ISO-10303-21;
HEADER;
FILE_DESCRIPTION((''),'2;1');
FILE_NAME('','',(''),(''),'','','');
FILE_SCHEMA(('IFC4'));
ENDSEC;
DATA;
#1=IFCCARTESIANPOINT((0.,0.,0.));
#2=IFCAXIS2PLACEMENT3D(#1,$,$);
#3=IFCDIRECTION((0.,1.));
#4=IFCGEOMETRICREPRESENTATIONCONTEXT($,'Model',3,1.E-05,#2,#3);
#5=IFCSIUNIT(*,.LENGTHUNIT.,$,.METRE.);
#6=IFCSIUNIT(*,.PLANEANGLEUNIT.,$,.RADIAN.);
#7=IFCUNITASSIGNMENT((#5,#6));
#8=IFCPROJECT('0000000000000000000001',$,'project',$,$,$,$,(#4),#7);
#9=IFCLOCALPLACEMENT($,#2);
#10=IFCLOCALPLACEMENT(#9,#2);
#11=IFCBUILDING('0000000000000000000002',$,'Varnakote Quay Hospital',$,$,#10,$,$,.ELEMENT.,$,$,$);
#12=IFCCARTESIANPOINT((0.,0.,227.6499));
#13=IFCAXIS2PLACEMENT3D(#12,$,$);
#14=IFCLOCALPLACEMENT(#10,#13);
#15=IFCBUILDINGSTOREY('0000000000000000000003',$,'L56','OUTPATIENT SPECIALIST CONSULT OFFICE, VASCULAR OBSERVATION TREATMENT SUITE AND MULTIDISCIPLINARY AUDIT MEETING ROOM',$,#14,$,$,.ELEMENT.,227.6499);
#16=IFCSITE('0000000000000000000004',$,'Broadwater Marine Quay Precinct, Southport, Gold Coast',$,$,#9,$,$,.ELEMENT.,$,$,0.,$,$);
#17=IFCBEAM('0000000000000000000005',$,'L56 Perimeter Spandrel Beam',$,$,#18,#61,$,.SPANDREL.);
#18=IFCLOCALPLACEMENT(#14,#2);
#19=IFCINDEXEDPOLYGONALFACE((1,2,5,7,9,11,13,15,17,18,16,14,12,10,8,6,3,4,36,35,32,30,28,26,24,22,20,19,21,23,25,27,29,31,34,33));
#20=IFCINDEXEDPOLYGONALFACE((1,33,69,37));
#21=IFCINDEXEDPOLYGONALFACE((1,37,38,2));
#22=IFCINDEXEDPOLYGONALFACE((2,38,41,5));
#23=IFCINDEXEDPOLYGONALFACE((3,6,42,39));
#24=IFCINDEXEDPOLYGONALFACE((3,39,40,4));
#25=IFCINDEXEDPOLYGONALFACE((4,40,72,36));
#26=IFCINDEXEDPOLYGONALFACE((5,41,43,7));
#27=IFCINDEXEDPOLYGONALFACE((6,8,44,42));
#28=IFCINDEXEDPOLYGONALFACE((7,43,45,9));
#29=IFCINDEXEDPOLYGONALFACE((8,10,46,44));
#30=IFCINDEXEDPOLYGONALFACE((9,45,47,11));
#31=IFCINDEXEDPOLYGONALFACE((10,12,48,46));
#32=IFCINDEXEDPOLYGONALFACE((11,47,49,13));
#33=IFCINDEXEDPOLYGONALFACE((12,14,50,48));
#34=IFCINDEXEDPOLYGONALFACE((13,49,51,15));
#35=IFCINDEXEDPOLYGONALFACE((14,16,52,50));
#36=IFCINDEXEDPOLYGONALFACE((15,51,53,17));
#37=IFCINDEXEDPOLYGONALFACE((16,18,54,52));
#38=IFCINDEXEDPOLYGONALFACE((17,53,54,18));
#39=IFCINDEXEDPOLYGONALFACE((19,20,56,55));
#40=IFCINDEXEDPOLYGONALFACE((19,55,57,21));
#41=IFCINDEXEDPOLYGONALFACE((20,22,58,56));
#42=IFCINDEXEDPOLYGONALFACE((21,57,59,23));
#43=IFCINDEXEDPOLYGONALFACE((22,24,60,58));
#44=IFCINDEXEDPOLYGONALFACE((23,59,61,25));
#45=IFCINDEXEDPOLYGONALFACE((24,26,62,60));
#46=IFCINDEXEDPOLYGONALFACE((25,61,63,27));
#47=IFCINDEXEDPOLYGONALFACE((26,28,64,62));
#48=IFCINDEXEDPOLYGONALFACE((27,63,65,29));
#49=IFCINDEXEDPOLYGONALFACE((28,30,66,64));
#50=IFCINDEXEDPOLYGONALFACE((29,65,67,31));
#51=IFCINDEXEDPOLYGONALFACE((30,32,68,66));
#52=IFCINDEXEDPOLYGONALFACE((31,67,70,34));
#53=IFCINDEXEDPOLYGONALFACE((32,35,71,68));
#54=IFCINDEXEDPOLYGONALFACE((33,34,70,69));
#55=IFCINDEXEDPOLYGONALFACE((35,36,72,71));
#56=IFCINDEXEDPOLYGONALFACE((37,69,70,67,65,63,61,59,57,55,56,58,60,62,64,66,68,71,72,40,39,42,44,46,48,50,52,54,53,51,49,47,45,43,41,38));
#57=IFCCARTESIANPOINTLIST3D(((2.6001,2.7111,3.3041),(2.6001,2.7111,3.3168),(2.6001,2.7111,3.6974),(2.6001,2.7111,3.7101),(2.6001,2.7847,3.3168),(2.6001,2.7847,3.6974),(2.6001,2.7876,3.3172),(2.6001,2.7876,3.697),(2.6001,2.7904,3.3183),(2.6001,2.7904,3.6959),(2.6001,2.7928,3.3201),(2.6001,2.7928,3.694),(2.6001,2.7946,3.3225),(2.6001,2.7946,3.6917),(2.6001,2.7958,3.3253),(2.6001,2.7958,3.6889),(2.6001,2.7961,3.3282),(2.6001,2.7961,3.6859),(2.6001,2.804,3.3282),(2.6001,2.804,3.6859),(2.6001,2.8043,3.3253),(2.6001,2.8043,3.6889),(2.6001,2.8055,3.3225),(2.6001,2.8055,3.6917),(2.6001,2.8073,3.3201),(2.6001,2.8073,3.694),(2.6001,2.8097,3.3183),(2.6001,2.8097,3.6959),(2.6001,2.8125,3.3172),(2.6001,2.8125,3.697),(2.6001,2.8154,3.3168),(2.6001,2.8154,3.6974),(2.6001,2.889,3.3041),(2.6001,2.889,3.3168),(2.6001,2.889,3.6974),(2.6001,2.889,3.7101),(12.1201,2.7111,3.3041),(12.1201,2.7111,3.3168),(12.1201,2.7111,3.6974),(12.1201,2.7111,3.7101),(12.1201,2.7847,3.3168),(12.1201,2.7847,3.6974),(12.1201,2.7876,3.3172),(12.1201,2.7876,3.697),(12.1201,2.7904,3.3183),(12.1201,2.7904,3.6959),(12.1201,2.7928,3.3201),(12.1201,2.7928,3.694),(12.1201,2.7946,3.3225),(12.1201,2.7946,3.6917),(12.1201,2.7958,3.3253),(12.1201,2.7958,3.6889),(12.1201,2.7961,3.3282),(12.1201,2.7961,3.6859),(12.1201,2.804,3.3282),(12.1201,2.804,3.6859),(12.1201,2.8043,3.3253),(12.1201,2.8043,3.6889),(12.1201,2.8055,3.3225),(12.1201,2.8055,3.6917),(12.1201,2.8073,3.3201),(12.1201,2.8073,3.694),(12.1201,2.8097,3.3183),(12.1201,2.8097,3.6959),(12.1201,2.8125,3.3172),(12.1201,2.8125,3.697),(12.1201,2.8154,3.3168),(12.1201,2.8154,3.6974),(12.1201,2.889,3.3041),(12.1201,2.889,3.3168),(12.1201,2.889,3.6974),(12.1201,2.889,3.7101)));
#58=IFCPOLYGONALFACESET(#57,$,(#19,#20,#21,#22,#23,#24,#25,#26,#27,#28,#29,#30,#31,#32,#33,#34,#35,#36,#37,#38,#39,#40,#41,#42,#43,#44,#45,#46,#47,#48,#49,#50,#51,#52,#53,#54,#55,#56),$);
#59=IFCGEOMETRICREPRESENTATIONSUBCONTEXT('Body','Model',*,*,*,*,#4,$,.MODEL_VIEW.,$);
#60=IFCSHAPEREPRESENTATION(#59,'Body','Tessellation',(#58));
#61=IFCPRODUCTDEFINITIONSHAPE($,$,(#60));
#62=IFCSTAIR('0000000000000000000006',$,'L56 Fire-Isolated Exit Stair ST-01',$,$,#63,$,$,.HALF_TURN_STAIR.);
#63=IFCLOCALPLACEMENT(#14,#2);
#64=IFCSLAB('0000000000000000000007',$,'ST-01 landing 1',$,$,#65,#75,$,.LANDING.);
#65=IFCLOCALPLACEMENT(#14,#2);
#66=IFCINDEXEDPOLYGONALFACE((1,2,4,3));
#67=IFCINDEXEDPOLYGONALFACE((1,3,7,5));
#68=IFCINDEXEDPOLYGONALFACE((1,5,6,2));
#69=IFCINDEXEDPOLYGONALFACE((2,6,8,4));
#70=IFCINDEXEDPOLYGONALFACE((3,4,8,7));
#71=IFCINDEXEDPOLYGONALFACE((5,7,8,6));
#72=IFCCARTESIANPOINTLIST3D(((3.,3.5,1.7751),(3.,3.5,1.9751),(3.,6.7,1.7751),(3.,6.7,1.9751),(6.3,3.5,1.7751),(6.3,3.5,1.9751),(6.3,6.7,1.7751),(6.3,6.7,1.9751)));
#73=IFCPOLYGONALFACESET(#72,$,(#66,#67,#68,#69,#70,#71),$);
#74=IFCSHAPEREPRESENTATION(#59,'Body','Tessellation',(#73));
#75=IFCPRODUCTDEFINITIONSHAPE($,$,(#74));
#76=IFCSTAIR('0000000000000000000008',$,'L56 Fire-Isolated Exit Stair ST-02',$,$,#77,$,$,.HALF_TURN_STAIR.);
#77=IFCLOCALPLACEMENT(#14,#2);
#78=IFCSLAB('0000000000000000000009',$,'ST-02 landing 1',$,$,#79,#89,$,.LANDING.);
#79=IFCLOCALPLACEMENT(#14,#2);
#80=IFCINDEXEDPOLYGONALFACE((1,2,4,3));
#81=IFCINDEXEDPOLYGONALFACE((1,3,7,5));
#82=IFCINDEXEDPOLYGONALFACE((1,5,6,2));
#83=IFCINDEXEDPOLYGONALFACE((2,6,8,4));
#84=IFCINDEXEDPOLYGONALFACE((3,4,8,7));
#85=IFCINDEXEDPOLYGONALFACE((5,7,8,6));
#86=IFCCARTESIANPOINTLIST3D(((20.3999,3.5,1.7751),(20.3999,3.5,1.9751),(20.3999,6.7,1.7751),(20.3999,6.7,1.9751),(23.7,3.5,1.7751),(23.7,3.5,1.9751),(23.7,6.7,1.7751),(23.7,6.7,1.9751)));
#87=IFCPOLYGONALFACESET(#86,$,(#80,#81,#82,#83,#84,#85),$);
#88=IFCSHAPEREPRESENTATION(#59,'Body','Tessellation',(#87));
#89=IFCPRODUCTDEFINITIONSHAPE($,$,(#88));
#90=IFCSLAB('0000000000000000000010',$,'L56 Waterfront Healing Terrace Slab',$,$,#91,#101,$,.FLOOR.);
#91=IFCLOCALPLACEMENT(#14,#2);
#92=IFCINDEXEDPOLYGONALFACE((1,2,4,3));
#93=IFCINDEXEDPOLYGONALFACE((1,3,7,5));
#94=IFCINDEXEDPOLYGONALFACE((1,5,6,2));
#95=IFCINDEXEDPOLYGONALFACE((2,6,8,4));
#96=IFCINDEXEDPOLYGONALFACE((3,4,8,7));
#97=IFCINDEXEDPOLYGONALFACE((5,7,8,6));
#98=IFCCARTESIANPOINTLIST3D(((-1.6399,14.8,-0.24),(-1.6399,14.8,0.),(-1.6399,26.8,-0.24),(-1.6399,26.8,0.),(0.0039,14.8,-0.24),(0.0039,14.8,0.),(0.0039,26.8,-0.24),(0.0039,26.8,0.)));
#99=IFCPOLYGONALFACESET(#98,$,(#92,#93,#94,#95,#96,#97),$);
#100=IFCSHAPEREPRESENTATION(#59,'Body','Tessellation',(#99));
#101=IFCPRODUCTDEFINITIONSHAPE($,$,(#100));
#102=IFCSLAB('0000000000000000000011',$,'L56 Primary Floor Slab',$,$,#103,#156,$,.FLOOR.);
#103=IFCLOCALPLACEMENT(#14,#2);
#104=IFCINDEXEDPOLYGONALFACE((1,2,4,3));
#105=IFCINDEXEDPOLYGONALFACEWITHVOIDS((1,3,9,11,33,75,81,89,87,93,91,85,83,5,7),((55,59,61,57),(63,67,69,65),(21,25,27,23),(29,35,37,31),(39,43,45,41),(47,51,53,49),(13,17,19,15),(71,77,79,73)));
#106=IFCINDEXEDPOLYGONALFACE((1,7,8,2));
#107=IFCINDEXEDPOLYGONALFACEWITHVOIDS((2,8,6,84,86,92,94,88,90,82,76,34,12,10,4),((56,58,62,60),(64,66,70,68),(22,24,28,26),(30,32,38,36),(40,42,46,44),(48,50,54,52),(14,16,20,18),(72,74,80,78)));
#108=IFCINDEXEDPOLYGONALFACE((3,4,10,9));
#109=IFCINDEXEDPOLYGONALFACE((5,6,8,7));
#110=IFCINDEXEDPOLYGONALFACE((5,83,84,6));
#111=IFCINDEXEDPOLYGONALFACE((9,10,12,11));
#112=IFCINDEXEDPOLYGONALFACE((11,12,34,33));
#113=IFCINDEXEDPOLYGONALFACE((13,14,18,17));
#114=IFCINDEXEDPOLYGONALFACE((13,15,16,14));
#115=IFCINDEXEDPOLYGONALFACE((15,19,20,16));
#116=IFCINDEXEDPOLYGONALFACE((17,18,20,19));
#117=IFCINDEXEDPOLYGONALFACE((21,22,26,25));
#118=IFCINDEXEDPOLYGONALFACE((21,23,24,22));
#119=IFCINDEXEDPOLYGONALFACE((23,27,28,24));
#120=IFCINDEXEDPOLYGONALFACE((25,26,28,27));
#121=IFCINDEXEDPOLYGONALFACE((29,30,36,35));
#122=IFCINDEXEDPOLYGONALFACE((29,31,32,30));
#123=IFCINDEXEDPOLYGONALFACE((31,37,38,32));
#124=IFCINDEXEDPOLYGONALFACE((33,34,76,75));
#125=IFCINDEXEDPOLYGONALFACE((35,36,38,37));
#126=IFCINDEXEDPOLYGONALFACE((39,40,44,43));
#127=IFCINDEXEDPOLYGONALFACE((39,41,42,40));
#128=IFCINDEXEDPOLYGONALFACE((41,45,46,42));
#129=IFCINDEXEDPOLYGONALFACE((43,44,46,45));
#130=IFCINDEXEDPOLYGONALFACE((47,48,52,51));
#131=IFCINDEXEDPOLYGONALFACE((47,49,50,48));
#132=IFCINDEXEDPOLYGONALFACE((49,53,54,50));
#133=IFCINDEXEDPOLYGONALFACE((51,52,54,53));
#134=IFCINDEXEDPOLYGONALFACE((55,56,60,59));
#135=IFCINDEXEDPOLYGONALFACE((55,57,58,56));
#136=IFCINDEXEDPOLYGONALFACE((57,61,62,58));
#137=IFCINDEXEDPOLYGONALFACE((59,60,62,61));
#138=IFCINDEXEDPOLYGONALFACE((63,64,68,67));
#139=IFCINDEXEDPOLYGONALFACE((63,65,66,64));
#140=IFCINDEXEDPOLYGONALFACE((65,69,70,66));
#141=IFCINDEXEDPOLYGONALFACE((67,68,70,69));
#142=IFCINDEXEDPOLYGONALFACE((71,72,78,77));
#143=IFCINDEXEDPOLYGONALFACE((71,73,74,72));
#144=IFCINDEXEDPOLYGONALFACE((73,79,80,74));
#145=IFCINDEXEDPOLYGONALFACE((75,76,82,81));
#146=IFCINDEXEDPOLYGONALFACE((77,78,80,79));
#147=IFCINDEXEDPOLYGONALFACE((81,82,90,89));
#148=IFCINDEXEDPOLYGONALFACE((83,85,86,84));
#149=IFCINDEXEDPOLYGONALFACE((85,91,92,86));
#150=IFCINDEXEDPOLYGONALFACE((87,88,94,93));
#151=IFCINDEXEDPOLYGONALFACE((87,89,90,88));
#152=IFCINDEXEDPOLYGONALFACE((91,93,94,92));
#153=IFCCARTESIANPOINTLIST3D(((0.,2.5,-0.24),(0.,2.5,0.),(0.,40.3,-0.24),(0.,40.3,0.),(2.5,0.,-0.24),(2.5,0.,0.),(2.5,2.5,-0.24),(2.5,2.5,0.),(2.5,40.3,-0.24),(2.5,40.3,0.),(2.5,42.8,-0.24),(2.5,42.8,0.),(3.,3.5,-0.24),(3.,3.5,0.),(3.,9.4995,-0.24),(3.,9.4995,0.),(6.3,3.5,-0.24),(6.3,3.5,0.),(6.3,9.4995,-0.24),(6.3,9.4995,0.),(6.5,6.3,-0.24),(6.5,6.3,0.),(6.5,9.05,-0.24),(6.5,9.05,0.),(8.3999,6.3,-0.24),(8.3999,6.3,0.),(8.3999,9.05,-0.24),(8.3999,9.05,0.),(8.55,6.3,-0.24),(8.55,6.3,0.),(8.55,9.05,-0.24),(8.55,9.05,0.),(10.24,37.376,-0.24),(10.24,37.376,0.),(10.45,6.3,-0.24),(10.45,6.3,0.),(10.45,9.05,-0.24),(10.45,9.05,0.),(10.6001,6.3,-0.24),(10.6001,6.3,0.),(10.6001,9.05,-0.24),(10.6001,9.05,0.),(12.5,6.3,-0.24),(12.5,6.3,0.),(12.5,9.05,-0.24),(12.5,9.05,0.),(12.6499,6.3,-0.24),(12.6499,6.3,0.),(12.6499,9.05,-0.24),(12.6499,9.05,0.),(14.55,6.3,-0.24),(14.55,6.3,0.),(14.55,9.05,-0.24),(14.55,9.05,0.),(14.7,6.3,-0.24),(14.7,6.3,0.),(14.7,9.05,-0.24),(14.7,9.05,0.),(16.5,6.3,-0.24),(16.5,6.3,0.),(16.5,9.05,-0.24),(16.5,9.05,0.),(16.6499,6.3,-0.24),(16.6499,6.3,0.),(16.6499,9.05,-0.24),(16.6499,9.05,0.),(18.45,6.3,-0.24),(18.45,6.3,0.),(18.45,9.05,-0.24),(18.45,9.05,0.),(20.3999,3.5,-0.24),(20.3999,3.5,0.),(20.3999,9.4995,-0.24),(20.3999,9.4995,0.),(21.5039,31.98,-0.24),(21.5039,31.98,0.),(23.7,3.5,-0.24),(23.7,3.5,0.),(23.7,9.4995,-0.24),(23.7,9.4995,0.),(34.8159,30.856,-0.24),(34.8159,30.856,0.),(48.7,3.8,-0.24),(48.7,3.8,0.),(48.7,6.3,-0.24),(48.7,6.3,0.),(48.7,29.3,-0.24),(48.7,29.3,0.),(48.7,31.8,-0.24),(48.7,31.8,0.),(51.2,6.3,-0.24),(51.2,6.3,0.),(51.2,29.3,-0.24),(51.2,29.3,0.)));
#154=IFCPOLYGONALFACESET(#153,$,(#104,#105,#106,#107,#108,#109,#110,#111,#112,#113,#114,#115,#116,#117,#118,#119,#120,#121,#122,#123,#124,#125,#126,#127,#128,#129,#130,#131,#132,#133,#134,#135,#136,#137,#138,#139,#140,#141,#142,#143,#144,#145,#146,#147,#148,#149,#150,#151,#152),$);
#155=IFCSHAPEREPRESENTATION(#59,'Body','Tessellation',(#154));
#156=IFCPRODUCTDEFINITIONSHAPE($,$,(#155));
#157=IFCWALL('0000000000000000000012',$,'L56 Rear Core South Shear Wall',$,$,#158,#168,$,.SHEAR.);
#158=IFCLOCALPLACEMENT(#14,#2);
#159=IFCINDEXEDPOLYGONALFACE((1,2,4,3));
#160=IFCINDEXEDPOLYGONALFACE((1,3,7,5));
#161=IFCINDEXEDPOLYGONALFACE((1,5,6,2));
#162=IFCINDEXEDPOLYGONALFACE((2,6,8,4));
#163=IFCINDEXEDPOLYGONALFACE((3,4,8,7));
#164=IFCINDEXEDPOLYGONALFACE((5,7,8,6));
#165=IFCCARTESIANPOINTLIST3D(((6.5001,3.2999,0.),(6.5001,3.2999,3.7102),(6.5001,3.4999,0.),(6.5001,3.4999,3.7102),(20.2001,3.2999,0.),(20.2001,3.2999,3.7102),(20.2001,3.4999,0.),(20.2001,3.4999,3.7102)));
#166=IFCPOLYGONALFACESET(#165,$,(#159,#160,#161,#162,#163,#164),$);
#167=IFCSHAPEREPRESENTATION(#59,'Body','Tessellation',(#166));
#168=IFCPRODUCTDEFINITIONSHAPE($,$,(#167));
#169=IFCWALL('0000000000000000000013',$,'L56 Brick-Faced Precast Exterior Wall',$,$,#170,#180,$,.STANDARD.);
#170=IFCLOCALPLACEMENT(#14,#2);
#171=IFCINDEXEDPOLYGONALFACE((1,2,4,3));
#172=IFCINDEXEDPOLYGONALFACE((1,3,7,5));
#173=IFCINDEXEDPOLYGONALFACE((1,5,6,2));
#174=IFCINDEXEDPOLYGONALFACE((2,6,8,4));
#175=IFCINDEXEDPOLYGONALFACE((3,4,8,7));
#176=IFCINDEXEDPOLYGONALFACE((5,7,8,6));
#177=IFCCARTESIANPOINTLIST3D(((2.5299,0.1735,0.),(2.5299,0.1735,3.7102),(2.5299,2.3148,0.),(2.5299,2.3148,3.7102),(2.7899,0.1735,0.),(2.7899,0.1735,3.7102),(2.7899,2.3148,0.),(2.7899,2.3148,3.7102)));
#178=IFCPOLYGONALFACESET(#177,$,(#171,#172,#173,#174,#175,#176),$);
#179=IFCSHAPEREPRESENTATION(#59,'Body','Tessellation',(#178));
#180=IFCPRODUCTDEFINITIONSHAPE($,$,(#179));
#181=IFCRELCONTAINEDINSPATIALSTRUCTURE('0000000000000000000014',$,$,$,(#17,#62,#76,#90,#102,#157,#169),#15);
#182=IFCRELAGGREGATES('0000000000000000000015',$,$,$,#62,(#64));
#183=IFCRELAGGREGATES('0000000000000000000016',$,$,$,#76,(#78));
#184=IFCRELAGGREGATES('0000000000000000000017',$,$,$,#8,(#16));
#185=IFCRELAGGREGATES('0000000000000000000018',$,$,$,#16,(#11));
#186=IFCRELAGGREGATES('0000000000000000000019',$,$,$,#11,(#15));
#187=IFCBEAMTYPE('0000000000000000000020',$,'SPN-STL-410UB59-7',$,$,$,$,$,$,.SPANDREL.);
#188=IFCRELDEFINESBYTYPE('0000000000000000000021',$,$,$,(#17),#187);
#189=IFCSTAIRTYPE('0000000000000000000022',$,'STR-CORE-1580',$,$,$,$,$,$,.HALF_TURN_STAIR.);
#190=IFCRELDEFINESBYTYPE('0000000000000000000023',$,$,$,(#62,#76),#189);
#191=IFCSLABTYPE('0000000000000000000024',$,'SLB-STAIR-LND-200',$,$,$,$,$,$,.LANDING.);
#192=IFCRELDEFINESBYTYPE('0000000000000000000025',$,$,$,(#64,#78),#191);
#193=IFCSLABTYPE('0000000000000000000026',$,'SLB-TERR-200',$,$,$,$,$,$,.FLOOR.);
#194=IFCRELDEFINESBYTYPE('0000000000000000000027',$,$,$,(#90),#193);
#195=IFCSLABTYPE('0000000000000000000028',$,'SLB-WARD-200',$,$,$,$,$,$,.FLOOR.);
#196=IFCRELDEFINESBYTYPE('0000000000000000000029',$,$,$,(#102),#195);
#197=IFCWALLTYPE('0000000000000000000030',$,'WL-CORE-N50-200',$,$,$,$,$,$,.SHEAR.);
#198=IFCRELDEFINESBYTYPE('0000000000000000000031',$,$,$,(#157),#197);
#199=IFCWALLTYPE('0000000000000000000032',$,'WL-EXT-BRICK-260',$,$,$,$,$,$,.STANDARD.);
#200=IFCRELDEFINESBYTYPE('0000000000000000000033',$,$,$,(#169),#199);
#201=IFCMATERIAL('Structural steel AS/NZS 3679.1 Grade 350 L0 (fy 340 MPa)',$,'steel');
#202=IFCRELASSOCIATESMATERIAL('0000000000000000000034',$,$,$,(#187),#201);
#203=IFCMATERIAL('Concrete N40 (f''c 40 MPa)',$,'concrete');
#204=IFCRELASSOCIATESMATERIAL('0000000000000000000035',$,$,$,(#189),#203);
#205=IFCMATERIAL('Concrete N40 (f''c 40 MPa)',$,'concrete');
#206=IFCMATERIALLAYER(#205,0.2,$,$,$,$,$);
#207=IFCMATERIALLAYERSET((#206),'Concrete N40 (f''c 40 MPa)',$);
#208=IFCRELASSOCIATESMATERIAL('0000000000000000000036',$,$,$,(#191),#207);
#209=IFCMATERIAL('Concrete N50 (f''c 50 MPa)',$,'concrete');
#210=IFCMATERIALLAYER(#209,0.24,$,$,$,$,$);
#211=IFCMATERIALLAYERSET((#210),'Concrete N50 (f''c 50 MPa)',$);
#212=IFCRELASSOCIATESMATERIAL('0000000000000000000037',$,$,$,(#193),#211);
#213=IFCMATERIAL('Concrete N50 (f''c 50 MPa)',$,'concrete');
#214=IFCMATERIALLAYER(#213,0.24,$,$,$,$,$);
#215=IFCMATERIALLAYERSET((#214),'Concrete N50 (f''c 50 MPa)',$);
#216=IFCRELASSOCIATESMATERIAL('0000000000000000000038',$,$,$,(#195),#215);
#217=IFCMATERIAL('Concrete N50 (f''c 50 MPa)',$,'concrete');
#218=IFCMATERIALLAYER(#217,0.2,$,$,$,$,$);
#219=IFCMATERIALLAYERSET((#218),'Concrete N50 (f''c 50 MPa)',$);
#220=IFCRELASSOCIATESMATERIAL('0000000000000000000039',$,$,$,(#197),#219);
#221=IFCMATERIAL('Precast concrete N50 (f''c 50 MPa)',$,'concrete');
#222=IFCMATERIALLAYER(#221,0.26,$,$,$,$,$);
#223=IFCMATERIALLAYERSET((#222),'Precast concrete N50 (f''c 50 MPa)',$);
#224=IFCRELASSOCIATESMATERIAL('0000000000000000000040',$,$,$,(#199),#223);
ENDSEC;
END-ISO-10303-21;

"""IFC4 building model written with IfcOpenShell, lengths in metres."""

from ifc_helpers import new_model, si_unit, direction, frame, frame_2d, origin, origin_2d, place, context, subcontext, project, spatial, polyline, rectangle, i_section, outline, extrude, material, layer, layer_set, material_profile, profile_set, type_object, element, aggregate, save


model = new_model("IFC4")

# Units and contexts
model_context = context("Model", 3, precision=1e-05, world=origin(), true_north=direction((0.0, 1.0)))
body_context = subcontext(model_context, "Body", "Model", "MODEL_VIEW")
ifc_project = project(units=[si_unit("LENGTHUNIT", "METRE"), si_unit("PLANEANGLEUNIT", "RADIAN")], contexts=[model_context])

# Site, building, storey
site_placement = place(None, origin())
site = spatial("IfcSite", under=ifc_project, at=site_placement, Name="Broadwater Marine Quay Precinct, Southport, Gold Coast", CompositionType="ELEMENT", RefElevation=0.0)
building_placement = place(site_placement, origin())
building = spatial("IfcBuilding", under=site, at=building_placement, Name="Varnakote Quay Hospital", CompositionType="ELEMENT")
storey_placement = place(building_placement, frame((0.0, 0.0, 227.6499)))
storey = spatial("IfcBuildingStorey", under=building, at=storey_placement, Name="L56", Description="OUTPATIENT SPECIALIST CONSULT OFFICE, VASCULAR OBSERVATION TREATMENT SUITE AND MULTIDISCIPLINARY AUDIT MEETING ROOM", CompositionType="ELEMENT", Elevation=227.6499)

# Beam
ifc_material_1 = material(Name="Structural steel AS/NZS 3679.1 Grade 350 L0 (fy 340 MPa)", Category="steel")
ifc_material_profile_1 = material_profile(ifc_material_1, i_section(OverallWidth=0.178, OverallDepth=0.406, WebThickness=0.0078, FlangeThickness=0.0127, FilletRadius=0.0115, at=origin_2d()), Name="410UB59.7")
ifc_profile_set_1 = profile_set([ifc_material_profile_1], Name="Structural steel AS/NZS 3679.1 Grade 350 L0 (fy 340 MPa)")
beam_type_1 = type_object("IfcBeamType", Name="SPN-STL-410UB59-7", PredefinedType="SPANDREL", material=ifc_profile_set_1)
beam_1_placement = place(storey_placement, frame((2.6001, 2.8, 3.5071), z_axis=(1.0, 0.0, 0.0), x_axis=(0.0, 1.0, 0.0)))
element("IfcBeam", 1, at=beam_1_placement, inside=storey, type_object=beam_type_1, Name="L56 Perimeter Spandrel Beam", PredefinedType="SPANDREL", context=body_context, shape_type="SweptSolid", body=[
    extrude(i_section(OverallWidth=0.178, OverallDepth=0.406, WebThickness=0.0078, FlangeThickness=0.0127, FilletRadius=0.0115, at=origin_2d()), origin(), (0.0, 0.0, 1.0), 9.52),
])

# Stairs, slabs
ifc_material_2 = material(Name="Concrete N40 (f'c 40 MPa)", Category="concrete")
stair_type = type_object("IfcStairType", Name="STR-CORE-1580", PredefinedType="HALF_TURN_STAIR", material=ifc_material_2)
stair_1_placement = place(storey_placement, origin())
stair_1 = element("IfcStair", 2, at=stair_1_placement, inside=storey, type_object=stair_type, Name="L56 Fire-Isolated Exit Stair ST-01", PredefinedType="HALF_TURN_STAIR")
ifc_material_3 = material(Name="Concrete N40 (f'c 40 MPa)", Category="concrete")
ifc_layer_1 = layer(ifc_material_3, 0.2)
ifc_layer_set_1 = layer_set([ifc_layer_1], Name="Concrete N40 (f'c 40 MPa)")
slab_type_1 = type_object("IfcSlabType", Name="SLB-STAIR-LND-200", PredefinedType="LANDING", material=ifc_layer_set_1)
slab_1_placement = place(storey_placement, frame((0.0, 0.0, 1.7751)))
slab_1 = element("IfcSlab", 3, at=slab_1_placement, type_object=slab_type_1, Name="ST-01 landing 1", PredefinedType="LANDING", context=body_context, shape_type="SweptSolid", body=[
    extrude(outline(polyline([(3.0, 6.7), (3.0, 3.5), (6.3, 3.5), (6.3, 6.7), (3.0, 6.7)])), origin(), (0.0, 0.0, 1.0), 0.2),
])
aggregate(stair_1, [slab_1])
stair_2_placement = place(storey_placement, origin())
stair_2 = element("IfcStair", 4, at=stair_2_placement, inside=storey, type_object=stair_type, Name="L56 Fire-Isolated Exit Stair ST-02", PredefinedType="HALF_TURN_STAIR")
slab_2_placement = place(storey_placement, frame((0.0, 0.0, 1.7751)))
slab_2 = element("IfcSlab", 5, at=slab_2_placement, type_object=slab_type_1, Name="ST-02 landing 1", PredefinedType="LANDING", context=body_context, shape_type="SweptSolid", body=[
    extrude(outline(polyline([(20.3999, 6.7), (20.3999, 3.5), (23.7, 3.5), (23.7, 6.7), (20.3999, 6.7)])), origin(), (0.0, 0.0, 1.0), 0.2),
])
aggregate(stair_2, [slab_2])

# Slabs
ifc_material_4 = material(Name="Concrete N50 (f'c 50 MPa)", Category="concrete")
ifc_layer_2 = layer(ifc_material_4, 0.24)
ifc_layer_set_2 = layer_set([ifc_layer_2], Name="Concrete N50 (f'c 50 MPa)")
slab_type_2 = type_object("IfcSlabType", Name="SLB-TERR-200", PredefinedType="FLOOR", material=ifc_layer_set_2)
slab_3_placement = place(storey_placement, frame((0.0, 0.0, -0.24)))
element("IfcSlab", 6, at=slab_3_placement, inside=storey, type_object=slab_type_2, Name="L56 Waterfront Healing Terrace Slab", PredefinedType="FLOOR", context=body_context, shape_type="SweptSolid", body=[
    extrude(outline(polyline([(0.0039, 14.8), (0.0039, 26.8), (-1.6399, 26.8), (-1.6399, 14.8), (0.0039, 14.8)])), origin(), (0.0, 0.0, 1.0), 0.24),
])
ifc_material_5 = material(Name="Concrete N50 (f'c 50 MPa)", Category="concrete")
ifc_layer_3 = layer(ifc_material_5, 0.24)
ifc_layer_set_3 = layer_set([ifc_layer_3], Name="Concrete N50 (f'c 50 MPa)")
slab_type_3 = type_object("IfcSlabType", Name="SLB-WARD-200", PredefinedType="FLOOR", material=ifc_layer_set_3)
slab_4_placement = place(storey_placement, frame((0.0, 0.0, -0.24)))
element("IfcSlab", 7, at=slab_4_placement, inside=storey, type_object=slab_type_3, Name="L56 Primary Floor Slab", PredefinedType="FLOOR", context=body_context, shape_type="SweptSolid", body=[
    extrude(outline(polyline([(0.0, 2.5), (2.5, 2.5), (2.5, 0.0), (48.7, 3.8), (48.7, 6.3), (51.2, 6.3), (51.2, 29.3), (48.7, 29.3), (48.7, 31.8), (34.8159, 30.856), (21.5039, 31.98), (10.24, 37.376), (2.5, 42.8), (2.5, 40.3), (0.0, 40.3), (0.0, 2.5)]), holes=[polyline([(3.0, 3.5), (6.3, 3.5), (6.3, 9.4995), (3.0, 9.4995), (3.0, 3.5)]), polyline([(20.3999, 3.5), (23.7, 3.5), (23.7, 9.4995), (20.3999, 9.4995), (20.3999, 3.5)]), polyline([(6.5, 6.3), (8.3999, 6.3), (8.3999, 9.05), (6.5, 9.05), (6.5, 6.3)]), polyline([(8.55, 6.3), (10.45, 6.3), (10.45, 9.05), (8.55, 9.05), (8.55, 6.3)]), polyline([(10.6001, 6.3), (12.5, 6.3), (12.5, 9.05), (10.6001, 9.05), (10.6001, 6.3)]), polyline([(12.6499, 6.3), (14.55, 6.3), (14.55, 9.05), (12.6499, 9.05), (12.6499, 6.3)]), polyline([(14.7, 6.3), (16.5, 6.3), (16.5, 9.05), (14.7, 9.05), (14.7, 6.3)]), polyline([(16.6499, 6.3), (18.45, 6.3), (18.45, 9.05), (16.6499, 9.05), (16.6499, 6.3)])]), origin(), (0.0, 0.0, 1.0), 0.24),
])

# Walls
ifc_material_6 = material(Name="Concrete N50 (f'c 50 MPa)", Category="concrete")
ifc_layer_4 = layer(ifc_material_6, 0.2)
ifc_layer_set_4 = layer_set([ifc_layer_4], Name="Concrete N50 (f'c 50 MPa)")
wall_type_1 = type_object("IfcWallType", Name="WL-CORE-N50-200", PredefinedType="SHEAR", material=ifc_layer_set_4)
wall_1_placement = place(storey_placement, frame((6.5, 3.3999, 0.0), z_axis=(0.0, 0.0, 1.0), x_axis=(1.0, 0.0, 0.0)))
element("IfcWall", 8, at=wall_1_placement, inside=storey, type_object=wall_type_1, Name="L56 Rear Core South Shear Wall", PredefinedType="SHEAR", context=body_context, shape_type="SweptSolid", body=[
    extrude(rectangle(XDim=13.7, YDim=0.2, at=frame_2d((6.8501, 0.0))), origin(), (0.0, 0.0, 1.0), 3.7102),
])
ifc_material_7 = material(Name="Precast concrete N50 (f'c 50 MPa)", Category="concrete")
ifc_layer_5 = layer(ifc_material_7, 0.26)
ifc_layer_set_5 = layer_set([ifc_layer_5], Name="Precast concrete N50 (f'c 50 MPa)")
wall_type_2 = type_object("IfcWallType", Name="WL-EXT-BRICK-260", PredefinedType="STANDARD", material=ifc_layer_set_5)
wall_2_placement = place(storey_placement, frame((2.6599, 2.3149, 0.0), z_axis=(0.0, 0.0, 1.0), x_axis=(0.0, -1.0, 0.0)))
element("IfcWall", 9, at=wall_2_placement, inside=storey, type_object=wall_type_2, Name="L56 Brick-Faced Precast Exterior Wall", PredefinedType="STANDARD", context=body_context, shape_type="SweptSolid", body=[
    extrude(rectangle(XDim=2.1414, YDim=0.26, at=frame_2d((1.0708, 0.0))), origin(), (0.0, 0.0, 1.0), 3.7102),
])

save(model, "model.ifc")
